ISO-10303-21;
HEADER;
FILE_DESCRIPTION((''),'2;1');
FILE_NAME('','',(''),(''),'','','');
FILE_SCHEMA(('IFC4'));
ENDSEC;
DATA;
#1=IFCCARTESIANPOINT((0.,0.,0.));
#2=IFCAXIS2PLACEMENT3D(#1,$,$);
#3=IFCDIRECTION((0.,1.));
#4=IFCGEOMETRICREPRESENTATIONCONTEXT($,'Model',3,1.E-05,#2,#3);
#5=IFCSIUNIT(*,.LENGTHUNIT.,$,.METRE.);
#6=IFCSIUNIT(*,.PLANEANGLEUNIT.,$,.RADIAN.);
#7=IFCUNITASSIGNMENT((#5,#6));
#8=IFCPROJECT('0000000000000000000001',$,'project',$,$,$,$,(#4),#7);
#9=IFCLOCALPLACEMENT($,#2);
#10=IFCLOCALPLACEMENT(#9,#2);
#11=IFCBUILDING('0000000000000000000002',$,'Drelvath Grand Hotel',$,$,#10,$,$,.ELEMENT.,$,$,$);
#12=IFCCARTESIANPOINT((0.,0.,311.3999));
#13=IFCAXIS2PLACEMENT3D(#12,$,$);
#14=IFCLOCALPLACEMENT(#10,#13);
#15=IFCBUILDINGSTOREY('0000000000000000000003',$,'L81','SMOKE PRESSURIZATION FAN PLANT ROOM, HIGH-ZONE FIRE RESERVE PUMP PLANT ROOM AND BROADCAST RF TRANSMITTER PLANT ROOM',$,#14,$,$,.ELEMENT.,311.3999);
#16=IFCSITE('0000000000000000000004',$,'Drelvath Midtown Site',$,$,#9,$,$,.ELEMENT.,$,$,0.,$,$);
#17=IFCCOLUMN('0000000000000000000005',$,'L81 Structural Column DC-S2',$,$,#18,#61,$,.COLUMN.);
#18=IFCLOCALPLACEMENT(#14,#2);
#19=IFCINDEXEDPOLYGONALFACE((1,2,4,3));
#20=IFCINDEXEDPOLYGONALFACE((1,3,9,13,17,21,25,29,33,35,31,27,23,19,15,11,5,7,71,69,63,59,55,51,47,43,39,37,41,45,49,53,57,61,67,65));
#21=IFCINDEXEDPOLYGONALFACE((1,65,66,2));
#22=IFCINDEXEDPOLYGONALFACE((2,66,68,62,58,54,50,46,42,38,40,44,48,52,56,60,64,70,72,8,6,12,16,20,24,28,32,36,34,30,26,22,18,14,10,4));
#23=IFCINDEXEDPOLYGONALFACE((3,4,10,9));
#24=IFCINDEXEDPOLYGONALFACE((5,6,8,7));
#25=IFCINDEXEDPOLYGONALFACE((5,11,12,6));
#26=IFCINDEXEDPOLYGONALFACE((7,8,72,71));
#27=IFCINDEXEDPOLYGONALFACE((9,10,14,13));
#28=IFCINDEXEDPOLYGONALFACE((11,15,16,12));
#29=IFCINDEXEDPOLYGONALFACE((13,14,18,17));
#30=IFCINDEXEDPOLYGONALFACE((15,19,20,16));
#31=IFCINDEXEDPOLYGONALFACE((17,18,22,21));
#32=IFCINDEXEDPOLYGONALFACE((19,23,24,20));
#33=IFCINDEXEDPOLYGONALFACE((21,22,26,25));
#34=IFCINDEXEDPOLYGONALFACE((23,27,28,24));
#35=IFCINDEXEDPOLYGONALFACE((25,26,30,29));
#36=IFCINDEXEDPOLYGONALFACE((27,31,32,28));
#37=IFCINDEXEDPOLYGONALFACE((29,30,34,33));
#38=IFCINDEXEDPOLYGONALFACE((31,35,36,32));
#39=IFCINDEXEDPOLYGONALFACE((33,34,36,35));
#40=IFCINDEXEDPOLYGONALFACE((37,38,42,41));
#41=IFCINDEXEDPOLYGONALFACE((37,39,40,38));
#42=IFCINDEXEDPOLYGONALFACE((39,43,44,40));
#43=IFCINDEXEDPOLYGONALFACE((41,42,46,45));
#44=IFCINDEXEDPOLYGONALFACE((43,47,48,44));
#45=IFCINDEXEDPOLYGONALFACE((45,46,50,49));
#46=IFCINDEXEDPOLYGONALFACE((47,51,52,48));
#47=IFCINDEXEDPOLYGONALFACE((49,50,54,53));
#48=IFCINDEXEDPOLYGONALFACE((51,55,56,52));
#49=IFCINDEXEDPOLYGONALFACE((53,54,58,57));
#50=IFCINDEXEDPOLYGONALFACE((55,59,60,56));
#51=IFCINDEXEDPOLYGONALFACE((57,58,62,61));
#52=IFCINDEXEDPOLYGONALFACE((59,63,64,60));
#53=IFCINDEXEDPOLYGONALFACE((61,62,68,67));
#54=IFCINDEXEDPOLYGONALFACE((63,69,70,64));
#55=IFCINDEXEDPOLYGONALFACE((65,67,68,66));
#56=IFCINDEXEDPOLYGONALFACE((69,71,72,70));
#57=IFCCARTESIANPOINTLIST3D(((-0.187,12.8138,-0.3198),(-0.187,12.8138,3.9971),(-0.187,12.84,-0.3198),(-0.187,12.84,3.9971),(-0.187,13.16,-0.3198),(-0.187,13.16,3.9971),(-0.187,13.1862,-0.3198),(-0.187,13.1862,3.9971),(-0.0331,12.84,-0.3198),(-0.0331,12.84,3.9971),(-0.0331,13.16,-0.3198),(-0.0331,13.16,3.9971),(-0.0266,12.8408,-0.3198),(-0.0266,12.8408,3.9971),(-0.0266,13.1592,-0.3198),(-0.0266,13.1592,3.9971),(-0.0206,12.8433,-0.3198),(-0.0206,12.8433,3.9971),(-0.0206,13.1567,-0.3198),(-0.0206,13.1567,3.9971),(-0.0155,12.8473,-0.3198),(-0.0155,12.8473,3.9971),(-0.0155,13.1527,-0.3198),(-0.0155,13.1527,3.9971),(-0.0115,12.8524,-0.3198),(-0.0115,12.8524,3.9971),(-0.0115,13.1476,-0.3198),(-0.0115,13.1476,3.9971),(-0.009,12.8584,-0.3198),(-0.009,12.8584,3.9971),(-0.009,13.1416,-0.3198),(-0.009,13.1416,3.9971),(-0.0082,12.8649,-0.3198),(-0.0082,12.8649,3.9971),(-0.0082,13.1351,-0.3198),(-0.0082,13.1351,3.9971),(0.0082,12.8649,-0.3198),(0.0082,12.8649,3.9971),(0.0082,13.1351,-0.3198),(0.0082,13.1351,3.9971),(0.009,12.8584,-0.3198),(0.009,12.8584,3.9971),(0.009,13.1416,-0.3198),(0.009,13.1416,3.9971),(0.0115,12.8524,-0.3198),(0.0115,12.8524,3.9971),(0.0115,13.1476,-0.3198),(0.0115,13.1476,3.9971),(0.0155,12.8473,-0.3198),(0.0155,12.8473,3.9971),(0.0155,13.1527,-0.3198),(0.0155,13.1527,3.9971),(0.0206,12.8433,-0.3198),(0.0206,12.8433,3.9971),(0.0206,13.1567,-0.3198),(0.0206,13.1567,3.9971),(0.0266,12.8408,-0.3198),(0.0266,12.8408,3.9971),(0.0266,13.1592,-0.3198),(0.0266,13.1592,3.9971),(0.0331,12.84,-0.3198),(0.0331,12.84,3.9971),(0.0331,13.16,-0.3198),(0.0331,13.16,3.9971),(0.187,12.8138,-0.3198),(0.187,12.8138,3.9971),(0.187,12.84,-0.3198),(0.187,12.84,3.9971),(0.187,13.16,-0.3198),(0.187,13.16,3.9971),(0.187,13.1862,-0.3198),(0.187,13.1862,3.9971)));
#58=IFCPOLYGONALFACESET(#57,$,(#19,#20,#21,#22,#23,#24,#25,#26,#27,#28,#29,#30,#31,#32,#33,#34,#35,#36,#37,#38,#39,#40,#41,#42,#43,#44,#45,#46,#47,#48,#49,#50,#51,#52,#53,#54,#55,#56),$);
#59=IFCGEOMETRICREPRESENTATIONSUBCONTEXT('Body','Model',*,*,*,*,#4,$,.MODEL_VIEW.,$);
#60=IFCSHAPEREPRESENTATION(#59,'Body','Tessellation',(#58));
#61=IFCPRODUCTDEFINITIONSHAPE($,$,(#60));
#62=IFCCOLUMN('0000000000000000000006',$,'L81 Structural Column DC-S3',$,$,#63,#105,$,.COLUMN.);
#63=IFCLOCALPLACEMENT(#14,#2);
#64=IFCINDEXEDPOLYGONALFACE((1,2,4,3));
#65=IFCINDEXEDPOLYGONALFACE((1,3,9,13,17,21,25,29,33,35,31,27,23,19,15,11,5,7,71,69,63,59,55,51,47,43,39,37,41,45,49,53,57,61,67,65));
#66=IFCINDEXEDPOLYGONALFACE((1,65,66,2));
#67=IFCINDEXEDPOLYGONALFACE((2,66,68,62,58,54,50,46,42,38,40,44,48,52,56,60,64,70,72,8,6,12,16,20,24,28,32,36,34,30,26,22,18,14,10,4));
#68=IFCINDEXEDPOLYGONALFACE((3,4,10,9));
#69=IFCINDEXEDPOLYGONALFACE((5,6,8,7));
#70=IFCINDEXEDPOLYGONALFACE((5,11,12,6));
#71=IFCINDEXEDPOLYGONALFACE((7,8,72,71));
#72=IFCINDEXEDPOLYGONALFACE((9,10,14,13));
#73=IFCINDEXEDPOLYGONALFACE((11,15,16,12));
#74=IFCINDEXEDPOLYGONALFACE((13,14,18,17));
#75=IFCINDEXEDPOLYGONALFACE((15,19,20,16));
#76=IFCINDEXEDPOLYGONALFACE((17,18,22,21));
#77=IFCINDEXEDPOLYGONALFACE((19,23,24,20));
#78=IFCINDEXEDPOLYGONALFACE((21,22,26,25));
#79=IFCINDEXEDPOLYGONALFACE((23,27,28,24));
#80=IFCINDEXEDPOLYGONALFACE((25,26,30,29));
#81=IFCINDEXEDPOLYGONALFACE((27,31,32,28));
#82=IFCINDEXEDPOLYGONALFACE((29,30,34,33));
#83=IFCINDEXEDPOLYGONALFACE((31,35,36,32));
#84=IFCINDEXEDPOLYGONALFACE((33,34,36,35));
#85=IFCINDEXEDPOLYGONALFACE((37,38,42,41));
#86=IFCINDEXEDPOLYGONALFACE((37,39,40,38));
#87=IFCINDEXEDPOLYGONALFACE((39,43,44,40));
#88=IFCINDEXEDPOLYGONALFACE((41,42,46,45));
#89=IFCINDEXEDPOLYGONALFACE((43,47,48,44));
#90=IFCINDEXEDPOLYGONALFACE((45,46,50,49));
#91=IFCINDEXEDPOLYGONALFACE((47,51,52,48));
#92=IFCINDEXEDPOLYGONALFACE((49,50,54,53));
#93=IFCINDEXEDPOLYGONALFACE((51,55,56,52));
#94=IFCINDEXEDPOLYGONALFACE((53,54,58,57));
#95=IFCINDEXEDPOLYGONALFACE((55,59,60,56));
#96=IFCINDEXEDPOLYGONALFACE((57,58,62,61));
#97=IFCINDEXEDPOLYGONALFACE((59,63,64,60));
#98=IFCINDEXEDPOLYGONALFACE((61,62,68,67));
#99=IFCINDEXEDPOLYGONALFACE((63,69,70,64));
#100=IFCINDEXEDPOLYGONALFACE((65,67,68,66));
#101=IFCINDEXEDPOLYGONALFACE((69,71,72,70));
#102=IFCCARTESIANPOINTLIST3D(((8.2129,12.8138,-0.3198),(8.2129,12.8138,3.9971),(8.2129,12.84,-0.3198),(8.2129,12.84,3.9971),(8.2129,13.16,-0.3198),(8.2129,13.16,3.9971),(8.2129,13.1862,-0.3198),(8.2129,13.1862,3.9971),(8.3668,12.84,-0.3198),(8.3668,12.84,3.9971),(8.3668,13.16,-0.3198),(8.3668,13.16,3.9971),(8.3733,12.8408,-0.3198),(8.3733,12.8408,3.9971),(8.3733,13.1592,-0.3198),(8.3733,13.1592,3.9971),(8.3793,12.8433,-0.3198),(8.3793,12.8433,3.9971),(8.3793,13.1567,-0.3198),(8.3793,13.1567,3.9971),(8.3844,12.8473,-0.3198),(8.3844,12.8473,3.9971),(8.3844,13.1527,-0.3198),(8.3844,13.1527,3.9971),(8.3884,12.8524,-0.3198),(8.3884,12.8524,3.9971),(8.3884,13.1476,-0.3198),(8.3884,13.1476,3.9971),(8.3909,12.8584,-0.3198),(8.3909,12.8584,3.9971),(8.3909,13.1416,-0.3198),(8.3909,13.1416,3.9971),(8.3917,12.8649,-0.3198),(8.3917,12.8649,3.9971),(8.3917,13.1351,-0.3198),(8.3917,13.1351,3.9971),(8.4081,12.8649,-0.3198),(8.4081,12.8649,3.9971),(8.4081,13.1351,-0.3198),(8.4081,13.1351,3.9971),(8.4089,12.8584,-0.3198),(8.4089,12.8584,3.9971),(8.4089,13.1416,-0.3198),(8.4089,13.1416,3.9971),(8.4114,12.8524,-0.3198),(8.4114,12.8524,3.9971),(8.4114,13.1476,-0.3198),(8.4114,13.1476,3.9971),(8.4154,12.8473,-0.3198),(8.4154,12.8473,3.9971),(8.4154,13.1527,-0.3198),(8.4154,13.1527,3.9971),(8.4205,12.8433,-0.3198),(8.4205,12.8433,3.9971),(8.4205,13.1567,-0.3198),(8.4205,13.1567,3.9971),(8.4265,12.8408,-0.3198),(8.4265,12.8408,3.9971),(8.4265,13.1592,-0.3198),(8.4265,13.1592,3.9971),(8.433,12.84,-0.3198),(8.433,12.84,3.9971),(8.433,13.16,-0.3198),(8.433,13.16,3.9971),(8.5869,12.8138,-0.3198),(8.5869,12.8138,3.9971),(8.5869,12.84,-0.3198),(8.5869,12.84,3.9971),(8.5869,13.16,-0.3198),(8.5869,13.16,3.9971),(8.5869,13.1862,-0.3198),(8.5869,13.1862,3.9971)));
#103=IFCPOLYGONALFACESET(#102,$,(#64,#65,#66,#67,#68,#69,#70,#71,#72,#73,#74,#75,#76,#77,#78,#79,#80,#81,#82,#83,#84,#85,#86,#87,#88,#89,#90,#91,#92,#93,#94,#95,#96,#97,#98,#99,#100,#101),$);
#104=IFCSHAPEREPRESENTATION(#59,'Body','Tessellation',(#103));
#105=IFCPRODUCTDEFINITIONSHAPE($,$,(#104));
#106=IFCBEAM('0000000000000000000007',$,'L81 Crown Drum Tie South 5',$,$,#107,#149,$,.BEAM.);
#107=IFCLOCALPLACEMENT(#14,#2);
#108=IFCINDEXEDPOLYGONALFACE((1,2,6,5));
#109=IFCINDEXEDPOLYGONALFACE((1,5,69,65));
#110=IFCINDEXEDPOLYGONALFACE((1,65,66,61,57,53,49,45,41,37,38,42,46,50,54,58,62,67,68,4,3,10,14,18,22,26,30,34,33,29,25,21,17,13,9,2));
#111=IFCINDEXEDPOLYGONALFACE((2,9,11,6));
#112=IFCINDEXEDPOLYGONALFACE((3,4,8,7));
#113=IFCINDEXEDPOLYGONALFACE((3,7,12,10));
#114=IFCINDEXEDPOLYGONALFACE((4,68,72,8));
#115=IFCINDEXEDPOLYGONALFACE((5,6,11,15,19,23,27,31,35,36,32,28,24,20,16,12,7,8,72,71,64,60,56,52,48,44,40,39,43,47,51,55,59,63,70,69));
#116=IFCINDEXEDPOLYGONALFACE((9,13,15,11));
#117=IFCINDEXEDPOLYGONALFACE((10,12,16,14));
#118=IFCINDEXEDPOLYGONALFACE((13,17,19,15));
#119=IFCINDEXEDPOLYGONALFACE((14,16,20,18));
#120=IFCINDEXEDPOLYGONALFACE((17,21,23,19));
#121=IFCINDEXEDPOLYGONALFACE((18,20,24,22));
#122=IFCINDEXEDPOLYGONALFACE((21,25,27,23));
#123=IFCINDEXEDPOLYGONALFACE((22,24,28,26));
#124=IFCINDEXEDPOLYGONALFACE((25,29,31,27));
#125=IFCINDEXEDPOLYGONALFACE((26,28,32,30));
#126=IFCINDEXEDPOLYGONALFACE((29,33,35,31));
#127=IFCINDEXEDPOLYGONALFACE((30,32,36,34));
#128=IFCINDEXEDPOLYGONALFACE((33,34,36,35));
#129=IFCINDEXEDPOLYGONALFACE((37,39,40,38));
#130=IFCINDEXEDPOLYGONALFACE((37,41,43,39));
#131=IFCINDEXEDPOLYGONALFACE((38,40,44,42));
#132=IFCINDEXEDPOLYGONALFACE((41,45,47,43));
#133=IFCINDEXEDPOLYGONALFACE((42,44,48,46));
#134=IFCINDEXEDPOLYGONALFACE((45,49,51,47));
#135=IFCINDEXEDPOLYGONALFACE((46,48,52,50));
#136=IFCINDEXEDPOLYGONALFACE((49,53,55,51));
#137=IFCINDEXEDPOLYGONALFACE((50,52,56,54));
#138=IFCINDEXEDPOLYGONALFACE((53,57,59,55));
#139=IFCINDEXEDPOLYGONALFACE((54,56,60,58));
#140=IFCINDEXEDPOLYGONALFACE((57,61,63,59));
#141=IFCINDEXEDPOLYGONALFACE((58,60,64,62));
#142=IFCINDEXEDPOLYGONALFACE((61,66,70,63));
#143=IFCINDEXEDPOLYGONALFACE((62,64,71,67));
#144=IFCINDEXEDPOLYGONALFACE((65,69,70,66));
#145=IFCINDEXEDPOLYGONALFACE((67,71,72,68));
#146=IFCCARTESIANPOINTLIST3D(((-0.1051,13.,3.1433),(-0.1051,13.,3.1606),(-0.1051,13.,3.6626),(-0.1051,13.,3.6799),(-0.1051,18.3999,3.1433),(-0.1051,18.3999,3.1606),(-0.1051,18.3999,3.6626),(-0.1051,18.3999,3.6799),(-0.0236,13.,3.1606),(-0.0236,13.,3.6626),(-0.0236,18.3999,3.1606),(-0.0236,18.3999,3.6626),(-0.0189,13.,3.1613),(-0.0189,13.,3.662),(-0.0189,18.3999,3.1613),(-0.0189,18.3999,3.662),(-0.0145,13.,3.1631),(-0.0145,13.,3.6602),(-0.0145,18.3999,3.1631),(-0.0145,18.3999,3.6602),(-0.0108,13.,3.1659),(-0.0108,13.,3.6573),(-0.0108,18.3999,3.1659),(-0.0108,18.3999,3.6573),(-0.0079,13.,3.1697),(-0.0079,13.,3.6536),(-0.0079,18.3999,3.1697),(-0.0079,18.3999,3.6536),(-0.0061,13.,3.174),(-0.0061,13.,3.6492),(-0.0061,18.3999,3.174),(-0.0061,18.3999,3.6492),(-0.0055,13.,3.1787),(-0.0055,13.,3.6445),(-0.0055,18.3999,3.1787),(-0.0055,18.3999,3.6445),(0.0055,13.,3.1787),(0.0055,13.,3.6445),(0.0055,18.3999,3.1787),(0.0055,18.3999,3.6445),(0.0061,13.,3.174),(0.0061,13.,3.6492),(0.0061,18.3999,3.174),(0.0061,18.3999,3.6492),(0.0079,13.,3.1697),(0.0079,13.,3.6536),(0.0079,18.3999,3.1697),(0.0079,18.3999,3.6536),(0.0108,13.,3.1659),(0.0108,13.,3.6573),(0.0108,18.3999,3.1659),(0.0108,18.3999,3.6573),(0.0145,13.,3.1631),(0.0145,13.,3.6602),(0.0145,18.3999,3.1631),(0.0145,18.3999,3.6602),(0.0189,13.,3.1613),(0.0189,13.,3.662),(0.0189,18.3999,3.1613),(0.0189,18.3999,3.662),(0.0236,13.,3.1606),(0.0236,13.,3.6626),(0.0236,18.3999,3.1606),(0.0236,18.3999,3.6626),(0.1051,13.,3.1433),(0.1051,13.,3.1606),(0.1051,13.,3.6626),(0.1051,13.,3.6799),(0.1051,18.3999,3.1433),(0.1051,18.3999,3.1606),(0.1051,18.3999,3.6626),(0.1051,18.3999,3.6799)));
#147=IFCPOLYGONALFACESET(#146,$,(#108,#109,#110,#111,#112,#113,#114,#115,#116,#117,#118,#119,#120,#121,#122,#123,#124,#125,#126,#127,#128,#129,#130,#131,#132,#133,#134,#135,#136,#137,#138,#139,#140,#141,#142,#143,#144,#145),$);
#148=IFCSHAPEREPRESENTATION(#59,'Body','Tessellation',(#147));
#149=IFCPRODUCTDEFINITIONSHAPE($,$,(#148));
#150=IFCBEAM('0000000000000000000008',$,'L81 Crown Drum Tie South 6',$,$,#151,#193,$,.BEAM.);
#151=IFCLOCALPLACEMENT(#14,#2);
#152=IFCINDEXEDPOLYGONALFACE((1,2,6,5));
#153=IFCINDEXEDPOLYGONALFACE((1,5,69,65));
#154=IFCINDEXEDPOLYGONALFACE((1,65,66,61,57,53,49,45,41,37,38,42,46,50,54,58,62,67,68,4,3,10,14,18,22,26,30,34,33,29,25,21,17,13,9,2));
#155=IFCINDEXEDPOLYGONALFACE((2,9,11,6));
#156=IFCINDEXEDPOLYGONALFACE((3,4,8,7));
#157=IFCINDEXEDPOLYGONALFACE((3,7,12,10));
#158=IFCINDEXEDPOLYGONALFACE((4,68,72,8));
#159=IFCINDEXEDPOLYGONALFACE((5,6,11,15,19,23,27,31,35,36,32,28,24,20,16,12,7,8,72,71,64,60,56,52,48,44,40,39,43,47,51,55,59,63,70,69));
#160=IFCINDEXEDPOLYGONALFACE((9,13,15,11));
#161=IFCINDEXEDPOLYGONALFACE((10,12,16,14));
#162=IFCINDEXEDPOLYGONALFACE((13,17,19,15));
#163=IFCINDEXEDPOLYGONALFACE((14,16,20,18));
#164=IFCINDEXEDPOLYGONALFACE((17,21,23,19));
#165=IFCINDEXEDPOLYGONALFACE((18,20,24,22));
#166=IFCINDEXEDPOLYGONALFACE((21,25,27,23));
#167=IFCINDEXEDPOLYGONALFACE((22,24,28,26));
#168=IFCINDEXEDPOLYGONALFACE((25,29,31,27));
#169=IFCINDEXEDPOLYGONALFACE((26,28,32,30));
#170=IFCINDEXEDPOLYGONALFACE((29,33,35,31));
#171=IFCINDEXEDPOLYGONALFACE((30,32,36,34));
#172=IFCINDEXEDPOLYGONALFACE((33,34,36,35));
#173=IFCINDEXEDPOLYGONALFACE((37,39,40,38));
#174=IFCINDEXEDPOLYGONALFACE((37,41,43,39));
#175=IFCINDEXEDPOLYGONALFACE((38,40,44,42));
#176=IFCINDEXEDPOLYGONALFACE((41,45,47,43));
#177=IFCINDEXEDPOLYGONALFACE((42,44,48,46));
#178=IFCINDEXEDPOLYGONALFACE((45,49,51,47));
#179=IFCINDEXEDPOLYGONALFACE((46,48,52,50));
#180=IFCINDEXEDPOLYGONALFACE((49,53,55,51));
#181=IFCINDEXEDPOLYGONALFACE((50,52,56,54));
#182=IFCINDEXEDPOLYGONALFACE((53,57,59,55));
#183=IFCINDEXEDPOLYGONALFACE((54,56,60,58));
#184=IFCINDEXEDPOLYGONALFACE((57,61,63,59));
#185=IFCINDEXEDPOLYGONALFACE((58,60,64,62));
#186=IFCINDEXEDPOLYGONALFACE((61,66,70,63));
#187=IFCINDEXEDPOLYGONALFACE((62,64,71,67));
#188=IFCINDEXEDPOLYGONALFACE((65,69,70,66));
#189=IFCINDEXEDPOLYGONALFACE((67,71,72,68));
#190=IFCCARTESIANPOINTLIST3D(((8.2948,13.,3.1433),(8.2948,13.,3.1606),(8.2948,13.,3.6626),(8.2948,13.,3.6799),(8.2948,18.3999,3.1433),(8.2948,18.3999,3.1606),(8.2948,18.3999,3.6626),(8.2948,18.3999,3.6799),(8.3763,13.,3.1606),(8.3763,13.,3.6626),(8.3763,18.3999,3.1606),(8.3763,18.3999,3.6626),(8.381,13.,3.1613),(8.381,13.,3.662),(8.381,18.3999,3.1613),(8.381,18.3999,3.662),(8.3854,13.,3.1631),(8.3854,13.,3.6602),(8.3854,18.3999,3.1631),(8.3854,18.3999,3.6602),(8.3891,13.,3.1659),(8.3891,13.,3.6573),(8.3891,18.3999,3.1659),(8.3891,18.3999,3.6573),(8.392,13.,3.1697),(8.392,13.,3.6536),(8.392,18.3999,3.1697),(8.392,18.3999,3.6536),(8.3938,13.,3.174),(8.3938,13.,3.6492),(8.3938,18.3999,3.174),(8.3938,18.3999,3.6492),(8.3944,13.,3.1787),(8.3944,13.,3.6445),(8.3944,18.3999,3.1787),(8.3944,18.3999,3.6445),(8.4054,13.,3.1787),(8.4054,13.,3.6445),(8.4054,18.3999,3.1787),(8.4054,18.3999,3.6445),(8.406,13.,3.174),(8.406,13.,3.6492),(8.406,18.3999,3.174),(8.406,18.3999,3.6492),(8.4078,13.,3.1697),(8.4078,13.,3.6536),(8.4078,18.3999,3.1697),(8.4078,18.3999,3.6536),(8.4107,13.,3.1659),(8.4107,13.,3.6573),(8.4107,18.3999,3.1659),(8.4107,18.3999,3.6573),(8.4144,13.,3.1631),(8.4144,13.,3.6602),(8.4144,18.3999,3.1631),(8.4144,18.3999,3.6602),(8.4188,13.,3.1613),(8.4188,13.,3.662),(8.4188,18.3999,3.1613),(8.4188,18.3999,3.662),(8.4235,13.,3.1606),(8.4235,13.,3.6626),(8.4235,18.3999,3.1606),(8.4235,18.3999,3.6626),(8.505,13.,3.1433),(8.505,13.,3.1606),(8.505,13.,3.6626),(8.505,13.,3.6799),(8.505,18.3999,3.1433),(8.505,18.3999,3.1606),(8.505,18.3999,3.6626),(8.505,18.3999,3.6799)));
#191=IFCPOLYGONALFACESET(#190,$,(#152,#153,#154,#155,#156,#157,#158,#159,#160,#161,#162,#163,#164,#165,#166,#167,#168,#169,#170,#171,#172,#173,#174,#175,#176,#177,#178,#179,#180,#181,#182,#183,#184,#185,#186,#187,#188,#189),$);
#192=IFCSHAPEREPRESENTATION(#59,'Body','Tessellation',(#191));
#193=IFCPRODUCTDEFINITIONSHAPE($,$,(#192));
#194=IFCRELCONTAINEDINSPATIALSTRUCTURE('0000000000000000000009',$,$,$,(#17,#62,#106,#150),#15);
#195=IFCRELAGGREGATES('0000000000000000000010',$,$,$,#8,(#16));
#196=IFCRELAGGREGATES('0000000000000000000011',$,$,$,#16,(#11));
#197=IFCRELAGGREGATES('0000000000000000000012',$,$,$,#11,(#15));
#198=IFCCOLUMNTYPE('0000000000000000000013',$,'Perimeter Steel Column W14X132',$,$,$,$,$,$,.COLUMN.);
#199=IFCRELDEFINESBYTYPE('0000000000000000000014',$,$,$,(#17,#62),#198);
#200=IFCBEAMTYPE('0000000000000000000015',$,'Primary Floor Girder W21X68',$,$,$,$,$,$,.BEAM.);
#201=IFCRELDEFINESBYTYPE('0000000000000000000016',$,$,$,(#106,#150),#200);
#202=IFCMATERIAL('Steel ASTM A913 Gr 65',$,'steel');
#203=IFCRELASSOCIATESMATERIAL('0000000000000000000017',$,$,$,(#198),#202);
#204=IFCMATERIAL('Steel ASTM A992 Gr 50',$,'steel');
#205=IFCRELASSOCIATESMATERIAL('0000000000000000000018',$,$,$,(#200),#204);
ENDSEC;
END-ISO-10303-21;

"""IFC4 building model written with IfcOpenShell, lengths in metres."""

from ifc_helpers import new_model, si_unit, direction, frame, origin, origin_2d, place, context, subcontext, project, spatial, i_section, extrude, material, material_profile, profile_set, type_object, element, save


model = new_model("IFC4")

# Units and contexts
model_context = context("Model", 3, precision=1e-05, world=origin(), true_north=direction((0.0, 1.0)))
body_context = subcontext(model_context, "Body", "Model", "MODEL_VIEW")
ifc_project = project(units=[si_unit("LENGTHUNIT", "METRE"), si_unit("PLANEANGLEUNIT", "RADIAN")], contexts=[model_context])

# Site, building, storey
site_placement = place(None, origin())
site = spatial("IfcSite", under=ifc_project, at=site_placement, Name="Drelvath Midtown Site", CompositionType="ELEMENT", RefElevation=0.0)
building_placement = place(site_placement, origin())
building = spatial("IfcBuilding", under=site, at=building_placement, Name="Drelvath Grand Hotel", CompositionType="ELEMENT")
storey_placement = place(building_placement, frame((0.0, 0.0, 311.3999)))
storey = spatial("IfcBuildingStorey", under=building, at=storey_placement, Name="L81", Description="SMOKE PRESSURIZATION FAN PLANT ROOM, HIGH-ZONE FIRE RESERVE PUMP PLANT ROOM AND BROADCAST RF TRANSMITTER PLANT ROOM", CompositionType="ELEMENT", Elevation=311.3999)

# Columns
ifc_material_1 = material(Name="Steel ASTM A913 Gr 65", Category="steel")
ifc_material_profile_1 = material_profile(ifc_material_1, i_section(OverallWidth=0.374, OverallDepth=0.3723, WebThickness=0.0164, FlangeThickness=0.0261, FilletRadius=0.0249, at=origin_2d()), Name="W14X132")
ifc_profile_set_1 = profile_set([ifc_material_profile_1], Name="Steel ASTM A913 Gr 65")
column_type = type_object("IfcColumnType", Name="Perimeter Steel Column W14X132", PredefinedType="COLUMN", material=ifc_profile_set_1)
for number, where, z_axis, x_axis, name in (
    (1, (0.0, 13.0, -0.3198), (0.0, 0.0, 1.0), (1.0, 0.0, 0.0), "L81 Structural Column DC-S2"),
    (2, (8.3999, 13.0, -0.3198), (0.0, 0.0, 1.0), (1.0, 0.0, 0.0), "L81 Structural Column DC-S3"),
):
    element("IfcColumn", number, at=place(storey_placement, frame(where, z_axis=z_axis, x_axis=x_axis)), inside=storey, type_object=column_type, Name=name, PredefinedType="COLUMN", context=body_context, shape_type="SweptSolid", body=[
        extrude(i_section(OverallWidth=0.374, OverallDepth=0.3723, WebThickness=0.0164, FlangeThickness=0.0261, FilletRadius=0.0249, at=origin_2d()), origin(), (0.0, 0.0, 1.0), 4.3169),
    ])

# Beams
ifc_material_2 = material(Name="Steel ASTM A992 Gr 50", Category="steel")
ifc_material_profile_2 = material_profile(ifc_material_2, i_section(OverallWidth=0.2102, OverallDepth=0.5366, WebThickness=0.011, FlangeThickness=0.0173, FilletRadius=0.0181, at=origin_2d()), Name="W21X68")
ifc_profile_set_2 = profile_set([ifc_material_profile_2], Name="Steel ASTM A992 Gr 50")
beam_type = type_object("IfcBeamType", Name="Primary Floor Girder W21X68", PredefinedType="BEAM", material=ifc_profile_set_2)
for number, where, z_axis, x_axis, name in (
    (3, (0.0, 13.0, 3.4116), (0.0, 1.0, 0.0), (-1.0, 0.0, 0.0), "L81 Crown Drum Tie South 5"),
    (4, (8.3999, 13.0, 3.4116), (0.0, 1.0, 0.0), (-1.0, 0.0, 0.0), "L81 Crown Drum Tie South 6"),
):
    element("IfcBeam", number, at=place(storey_placement, frame(where, z_axis=z_axis, x_axis=x_axis)), inside=storey, type_object=beam_type, Name=name, PredefinedType="BEAM", context=body_context, shape_type="SweptSolid", body=[
        extrude(i_section(OverallWidth=0.2102, OverallDepth=0.5366, WebThickness=0.011, FlangeThickness=0.0173, FilletRadius=0.0181, at=origin_2d()), origin(), (0.0, 0.0, 1.0), 5.3999),
    ])

save(model, "model.ifc")
